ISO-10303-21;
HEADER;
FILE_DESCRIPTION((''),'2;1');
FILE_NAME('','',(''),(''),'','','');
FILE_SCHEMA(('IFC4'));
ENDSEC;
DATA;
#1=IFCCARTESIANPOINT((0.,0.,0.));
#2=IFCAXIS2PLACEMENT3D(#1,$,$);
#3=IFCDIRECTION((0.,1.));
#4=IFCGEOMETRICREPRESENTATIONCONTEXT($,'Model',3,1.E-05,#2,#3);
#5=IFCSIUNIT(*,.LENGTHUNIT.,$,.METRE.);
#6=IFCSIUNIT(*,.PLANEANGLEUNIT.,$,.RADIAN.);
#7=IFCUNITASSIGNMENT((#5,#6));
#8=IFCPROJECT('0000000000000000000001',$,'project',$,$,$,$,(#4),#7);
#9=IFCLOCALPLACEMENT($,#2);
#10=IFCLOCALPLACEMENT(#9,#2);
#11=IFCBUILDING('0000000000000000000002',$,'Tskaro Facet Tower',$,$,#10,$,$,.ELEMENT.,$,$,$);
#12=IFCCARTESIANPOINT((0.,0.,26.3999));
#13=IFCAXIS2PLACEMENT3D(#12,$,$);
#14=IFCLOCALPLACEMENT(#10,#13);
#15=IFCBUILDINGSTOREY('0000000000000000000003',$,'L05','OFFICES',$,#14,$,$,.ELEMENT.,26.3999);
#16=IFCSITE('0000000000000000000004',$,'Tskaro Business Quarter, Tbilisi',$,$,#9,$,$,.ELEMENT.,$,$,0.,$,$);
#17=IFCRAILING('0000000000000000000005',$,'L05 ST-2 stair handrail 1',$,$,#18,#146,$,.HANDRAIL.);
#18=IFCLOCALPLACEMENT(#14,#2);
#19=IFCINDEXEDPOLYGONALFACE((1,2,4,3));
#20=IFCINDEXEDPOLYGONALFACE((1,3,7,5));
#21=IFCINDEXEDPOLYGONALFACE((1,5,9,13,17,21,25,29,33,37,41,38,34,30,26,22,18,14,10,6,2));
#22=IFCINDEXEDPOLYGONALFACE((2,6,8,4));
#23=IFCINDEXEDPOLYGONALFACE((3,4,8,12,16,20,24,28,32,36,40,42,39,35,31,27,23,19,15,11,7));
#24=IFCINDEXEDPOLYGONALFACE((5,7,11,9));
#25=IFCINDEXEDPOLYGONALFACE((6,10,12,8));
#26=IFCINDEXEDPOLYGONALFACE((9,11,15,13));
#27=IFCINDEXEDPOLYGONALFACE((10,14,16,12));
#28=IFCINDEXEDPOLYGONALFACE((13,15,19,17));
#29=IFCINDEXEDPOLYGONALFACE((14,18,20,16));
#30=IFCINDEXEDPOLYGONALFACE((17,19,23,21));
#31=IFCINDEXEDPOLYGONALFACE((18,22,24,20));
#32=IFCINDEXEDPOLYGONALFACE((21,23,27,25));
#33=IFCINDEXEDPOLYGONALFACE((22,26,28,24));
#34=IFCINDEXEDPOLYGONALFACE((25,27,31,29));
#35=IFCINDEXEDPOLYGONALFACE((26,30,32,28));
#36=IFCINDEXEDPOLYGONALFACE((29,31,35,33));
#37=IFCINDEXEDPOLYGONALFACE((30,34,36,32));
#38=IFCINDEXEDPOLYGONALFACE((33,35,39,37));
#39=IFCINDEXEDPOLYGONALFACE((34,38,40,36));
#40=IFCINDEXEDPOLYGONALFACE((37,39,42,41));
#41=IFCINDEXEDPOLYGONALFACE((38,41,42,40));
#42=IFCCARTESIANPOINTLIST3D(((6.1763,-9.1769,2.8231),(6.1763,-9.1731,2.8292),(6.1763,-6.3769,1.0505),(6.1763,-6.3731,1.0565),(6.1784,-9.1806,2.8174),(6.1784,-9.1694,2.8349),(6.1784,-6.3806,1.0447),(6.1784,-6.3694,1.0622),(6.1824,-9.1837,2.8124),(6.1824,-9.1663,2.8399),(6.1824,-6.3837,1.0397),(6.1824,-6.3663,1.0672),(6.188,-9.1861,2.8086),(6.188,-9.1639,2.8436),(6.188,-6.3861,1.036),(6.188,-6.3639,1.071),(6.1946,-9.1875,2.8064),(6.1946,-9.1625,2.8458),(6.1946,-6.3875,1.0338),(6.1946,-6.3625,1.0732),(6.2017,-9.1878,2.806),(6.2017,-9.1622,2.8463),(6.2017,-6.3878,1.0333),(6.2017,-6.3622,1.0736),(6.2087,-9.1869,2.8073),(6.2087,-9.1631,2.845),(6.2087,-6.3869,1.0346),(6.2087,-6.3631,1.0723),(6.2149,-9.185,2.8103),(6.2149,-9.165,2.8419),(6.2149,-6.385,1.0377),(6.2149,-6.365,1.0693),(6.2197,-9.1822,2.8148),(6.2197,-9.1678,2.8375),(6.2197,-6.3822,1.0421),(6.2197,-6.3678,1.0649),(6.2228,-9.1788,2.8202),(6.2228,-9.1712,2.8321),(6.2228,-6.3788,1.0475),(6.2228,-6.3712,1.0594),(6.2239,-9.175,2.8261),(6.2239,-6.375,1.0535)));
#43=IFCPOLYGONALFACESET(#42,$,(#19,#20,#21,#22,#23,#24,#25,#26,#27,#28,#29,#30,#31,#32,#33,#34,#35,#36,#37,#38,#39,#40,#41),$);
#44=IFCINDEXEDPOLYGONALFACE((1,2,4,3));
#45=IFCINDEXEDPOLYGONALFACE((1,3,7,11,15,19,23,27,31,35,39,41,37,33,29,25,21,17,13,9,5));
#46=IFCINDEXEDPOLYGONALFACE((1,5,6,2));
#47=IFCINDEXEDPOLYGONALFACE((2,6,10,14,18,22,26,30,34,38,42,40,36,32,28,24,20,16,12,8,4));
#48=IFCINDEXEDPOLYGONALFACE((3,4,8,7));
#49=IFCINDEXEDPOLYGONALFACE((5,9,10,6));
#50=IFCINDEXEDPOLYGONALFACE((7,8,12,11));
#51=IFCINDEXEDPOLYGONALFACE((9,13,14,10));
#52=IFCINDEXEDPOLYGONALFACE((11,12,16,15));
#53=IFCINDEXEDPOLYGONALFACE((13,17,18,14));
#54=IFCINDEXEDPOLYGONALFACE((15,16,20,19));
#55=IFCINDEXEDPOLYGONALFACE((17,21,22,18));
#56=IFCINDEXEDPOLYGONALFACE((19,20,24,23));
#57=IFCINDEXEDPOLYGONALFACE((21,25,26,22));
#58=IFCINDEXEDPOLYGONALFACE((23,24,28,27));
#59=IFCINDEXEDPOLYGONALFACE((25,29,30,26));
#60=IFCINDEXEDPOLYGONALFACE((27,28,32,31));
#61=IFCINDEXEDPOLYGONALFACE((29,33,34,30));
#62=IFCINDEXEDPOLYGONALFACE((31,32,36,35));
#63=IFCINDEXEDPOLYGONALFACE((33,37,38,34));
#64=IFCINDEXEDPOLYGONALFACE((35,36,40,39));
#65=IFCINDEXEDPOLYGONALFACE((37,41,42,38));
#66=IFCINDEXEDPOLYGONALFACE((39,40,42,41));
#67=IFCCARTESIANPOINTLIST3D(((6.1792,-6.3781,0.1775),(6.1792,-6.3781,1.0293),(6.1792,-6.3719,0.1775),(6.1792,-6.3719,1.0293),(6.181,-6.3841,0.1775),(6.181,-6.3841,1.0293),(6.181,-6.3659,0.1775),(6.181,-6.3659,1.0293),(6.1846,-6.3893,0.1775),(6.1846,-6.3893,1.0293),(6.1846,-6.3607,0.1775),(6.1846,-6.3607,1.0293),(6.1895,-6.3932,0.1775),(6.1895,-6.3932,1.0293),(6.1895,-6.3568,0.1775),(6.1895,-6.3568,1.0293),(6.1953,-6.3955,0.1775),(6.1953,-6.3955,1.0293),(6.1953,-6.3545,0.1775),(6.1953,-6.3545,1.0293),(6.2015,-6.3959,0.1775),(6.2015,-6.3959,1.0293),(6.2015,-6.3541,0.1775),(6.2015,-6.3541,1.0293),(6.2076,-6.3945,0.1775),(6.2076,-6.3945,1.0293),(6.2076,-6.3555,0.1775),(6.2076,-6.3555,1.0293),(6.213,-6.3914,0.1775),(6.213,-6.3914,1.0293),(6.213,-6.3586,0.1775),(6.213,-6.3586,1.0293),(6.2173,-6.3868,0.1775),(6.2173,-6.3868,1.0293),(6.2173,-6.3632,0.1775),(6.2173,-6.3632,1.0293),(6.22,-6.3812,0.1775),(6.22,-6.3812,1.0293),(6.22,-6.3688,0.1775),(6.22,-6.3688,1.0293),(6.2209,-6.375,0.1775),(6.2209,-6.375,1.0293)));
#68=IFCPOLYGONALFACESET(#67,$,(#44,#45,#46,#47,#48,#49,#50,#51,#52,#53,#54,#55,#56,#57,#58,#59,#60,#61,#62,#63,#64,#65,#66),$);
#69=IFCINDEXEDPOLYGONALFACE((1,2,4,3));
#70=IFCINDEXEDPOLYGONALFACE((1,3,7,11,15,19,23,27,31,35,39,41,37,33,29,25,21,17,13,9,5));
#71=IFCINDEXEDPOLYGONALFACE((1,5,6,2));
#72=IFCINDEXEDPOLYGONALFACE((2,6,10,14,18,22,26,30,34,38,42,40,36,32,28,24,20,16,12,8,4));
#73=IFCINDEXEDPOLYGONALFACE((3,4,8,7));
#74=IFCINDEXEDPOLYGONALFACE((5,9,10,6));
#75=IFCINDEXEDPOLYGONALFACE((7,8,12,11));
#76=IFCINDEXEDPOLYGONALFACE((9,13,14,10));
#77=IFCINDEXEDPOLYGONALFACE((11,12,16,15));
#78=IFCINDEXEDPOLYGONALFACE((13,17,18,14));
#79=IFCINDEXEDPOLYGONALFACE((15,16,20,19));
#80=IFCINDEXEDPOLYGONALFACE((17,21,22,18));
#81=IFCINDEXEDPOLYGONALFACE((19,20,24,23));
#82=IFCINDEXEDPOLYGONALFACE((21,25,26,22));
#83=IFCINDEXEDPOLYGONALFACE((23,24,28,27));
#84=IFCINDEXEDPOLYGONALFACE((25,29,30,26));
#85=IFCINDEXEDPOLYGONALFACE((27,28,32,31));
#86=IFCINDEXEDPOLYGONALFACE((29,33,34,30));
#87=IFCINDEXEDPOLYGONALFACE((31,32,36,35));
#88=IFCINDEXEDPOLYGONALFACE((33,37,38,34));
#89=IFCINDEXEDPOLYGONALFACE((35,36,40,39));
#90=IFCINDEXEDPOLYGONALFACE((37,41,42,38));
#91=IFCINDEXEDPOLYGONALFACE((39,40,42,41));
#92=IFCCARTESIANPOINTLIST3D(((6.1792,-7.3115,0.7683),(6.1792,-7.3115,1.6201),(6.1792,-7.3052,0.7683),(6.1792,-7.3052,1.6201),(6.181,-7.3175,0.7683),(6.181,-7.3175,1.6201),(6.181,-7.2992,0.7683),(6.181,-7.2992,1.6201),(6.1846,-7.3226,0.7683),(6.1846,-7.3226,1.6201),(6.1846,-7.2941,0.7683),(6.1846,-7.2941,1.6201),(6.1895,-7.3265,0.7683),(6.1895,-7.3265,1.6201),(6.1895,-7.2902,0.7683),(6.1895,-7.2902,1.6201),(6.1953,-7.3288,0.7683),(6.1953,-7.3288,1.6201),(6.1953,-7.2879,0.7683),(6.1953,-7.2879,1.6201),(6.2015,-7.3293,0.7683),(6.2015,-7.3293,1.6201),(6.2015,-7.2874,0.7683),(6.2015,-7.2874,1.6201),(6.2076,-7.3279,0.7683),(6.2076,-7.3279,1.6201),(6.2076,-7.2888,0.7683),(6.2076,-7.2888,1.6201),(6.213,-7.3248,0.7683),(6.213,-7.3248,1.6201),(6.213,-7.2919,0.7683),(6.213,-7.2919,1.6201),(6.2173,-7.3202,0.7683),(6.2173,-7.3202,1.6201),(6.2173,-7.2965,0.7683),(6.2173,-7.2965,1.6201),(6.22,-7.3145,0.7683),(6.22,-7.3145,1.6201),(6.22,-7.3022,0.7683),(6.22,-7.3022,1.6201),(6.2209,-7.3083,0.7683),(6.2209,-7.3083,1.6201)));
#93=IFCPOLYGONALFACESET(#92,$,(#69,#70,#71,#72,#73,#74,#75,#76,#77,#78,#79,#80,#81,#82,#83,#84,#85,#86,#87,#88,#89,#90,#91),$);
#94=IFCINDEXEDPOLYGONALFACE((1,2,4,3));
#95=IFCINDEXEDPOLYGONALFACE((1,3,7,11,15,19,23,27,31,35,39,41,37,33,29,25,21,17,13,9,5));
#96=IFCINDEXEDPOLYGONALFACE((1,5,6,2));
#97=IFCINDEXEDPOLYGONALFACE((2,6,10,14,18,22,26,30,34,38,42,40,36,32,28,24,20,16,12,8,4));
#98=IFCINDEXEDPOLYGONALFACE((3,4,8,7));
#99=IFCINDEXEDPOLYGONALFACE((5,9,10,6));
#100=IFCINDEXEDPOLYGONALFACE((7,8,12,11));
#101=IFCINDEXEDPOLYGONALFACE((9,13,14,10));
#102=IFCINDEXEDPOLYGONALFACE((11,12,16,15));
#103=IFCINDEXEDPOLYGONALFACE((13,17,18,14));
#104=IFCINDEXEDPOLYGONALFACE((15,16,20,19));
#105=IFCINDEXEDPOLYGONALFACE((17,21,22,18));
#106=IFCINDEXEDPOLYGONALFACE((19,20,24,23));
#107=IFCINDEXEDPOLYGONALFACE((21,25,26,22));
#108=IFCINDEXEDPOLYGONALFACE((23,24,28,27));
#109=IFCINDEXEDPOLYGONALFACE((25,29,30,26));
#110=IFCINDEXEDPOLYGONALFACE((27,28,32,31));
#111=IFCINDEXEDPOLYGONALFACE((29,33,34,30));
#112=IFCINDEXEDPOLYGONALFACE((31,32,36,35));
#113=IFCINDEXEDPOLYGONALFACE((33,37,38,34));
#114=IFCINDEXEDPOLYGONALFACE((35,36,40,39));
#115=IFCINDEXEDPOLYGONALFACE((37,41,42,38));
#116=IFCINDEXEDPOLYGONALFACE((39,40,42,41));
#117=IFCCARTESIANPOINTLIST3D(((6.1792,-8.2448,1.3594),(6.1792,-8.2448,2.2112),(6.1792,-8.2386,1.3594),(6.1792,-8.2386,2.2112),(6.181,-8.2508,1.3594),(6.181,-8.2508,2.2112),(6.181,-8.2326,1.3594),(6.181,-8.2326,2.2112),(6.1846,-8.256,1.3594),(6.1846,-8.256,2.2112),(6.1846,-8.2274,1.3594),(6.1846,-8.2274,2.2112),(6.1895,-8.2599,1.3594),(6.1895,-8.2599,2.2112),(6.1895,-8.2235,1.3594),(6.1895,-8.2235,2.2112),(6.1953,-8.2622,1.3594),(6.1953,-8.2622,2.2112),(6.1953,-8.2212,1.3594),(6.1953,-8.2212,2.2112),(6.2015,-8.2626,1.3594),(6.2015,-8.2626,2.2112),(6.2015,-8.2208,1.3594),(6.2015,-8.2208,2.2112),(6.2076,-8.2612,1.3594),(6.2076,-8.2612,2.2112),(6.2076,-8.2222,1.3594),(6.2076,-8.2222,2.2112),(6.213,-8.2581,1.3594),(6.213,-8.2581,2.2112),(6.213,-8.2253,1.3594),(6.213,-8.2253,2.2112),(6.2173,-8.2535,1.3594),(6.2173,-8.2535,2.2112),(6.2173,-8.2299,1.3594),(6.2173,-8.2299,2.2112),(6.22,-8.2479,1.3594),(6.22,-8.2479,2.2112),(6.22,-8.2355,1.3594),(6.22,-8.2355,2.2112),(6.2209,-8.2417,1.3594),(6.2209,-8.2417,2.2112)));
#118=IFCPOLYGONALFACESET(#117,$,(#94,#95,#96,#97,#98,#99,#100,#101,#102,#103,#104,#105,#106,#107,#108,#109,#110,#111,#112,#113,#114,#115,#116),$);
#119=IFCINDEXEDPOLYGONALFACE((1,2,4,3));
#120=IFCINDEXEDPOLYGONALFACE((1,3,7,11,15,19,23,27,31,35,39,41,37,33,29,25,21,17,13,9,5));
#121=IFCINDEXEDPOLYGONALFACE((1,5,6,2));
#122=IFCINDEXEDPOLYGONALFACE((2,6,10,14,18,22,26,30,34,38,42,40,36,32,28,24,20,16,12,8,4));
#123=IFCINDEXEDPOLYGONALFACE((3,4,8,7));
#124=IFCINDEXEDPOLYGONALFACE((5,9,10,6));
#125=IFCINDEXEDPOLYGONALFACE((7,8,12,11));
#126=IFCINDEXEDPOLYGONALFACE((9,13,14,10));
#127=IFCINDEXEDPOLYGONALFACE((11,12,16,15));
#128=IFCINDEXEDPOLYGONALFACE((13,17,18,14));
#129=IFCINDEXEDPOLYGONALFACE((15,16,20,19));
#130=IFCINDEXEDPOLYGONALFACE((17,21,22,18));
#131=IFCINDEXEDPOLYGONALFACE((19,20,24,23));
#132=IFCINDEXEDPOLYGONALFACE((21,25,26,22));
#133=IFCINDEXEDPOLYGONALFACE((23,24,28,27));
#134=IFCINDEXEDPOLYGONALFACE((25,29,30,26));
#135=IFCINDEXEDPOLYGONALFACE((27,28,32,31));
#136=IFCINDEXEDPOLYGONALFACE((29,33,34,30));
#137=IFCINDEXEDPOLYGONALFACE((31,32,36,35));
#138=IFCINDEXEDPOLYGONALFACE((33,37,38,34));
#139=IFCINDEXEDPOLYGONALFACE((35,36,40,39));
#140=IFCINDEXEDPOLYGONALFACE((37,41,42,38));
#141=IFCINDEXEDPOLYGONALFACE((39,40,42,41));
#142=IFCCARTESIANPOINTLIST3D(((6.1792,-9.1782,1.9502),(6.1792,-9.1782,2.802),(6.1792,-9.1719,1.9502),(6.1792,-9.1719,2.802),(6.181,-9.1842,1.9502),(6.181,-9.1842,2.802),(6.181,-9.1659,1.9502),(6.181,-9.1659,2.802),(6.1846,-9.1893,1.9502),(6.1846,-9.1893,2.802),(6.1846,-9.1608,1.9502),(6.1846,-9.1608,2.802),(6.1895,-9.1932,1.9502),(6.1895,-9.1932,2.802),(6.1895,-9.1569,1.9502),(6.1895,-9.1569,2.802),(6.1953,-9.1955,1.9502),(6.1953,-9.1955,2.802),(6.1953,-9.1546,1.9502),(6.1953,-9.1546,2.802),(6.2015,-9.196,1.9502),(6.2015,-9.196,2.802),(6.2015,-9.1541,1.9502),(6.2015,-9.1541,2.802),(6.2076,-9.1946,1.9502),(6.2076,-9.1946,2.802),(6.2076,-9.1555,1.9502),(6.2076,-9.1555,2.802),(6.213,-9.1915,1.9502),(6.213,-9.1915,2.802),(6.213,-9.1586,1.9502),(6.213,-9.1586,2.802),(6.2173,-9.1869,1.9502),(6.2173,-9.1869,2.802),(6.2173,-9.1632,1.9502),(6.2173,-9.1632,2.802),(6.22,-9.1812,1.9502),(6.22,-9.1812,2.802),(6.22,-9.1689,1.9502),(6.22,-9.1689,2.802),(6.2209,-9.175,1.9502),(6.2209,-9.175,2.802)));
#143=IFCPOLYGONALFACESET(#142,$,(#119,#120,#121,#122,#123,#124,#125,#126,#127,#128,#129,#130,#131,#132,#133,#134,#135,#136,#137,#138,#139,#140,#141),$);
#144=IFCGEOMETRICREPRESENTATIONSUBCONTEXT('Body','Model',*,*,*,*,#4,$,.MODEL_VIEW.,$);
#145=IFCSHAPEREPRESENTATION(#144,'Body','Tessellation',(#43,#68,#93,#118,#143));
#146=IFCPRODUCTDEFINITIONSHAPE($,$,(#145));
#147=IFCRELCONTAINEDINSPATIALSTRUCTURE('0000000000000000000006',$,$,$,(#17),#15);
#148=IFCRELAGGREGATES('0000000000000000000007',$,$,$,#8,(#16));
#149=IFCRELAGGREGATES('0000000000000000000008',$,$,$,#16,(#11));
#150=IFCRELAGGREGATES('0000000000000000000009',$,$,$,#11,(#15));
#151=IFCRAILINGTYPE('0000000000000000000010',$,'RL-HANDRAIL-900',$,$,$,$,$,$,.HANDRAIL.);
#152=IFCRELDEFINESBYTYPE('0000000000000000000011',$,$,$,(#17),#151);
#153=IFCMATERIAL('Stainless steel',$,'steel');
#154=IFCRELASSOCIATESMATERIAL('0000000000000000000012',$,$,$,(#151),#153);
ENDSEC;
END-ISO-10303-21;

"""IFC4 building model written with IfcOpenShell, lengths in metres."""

from ifc_helpers import new_model, si_unit, direction, frame, origin, origin_2d, place, context, subcontext, project, spatial, circle, extrude, material, type_object, element, save


model = new_model("IFC4")

# Units and contexts
model_context = context("Model", 3, precision=1e-05, world=origin(), true_north=direction((0.0, 1.0)))
body_context = subcontext(model_context, "Body", "Model", "MODEL_VIEW")
ifc_project = project(units=[si_unit("LENGTHUNIT", "METRE"), si_unit("PLANEANGLEUNIT", "RADIAN")], contexts=[model_context])

# Site, building, storey
site_placement = place(None, origin())
site = spatial("IfcSite", under=ifc_project, at=site_placement, Name="Tskaro Business Quarter, Tbilisi", CompositionType="ELEMENT", RefElevation=0.0)
building_placement = place(site_placement, origin())
building = spatial("IfcBuilding", under=site, at=building_placement, Name="Tskaro Facet Tower", CompositionType="ELEMENT")
storey_placement = place(building_placement, frame((0.0, 0.0, 26.3999)))
storey = spatial("IfcBuildingStorey", under=building, at=storey_placement, Name="L05", Description="OFFICES", CompositionType="ELEMENT", Elevation=26.3999)

# Shared definitions
ifc_material_1 = material(Name="Stainless steel", Category="steel")

# Railing
railing_type = type_object("IfcRailingType", Name="RL-HANDRAIL-900", PredefinedType="HANDRAIL", material=ifc_material_1)
railing_placement = place(storey_placement, frame((6.2, -6.375, 0.1775)))
element("IfcRailing", 1, at=railing_placement, inside=storey, type_object=railing_type, Name="L05 ST-2 stair handrail 1", PredefinedType="HANDRAIL", context=body_context, shape_type="SweptSolid", body=[
    extrude(circle(Radius=0.0239, at=origin_2d()), frame((0.0, 0.0, 0.876), z_axis=(0.0, -0.844909, 0.53491), x_axis=(1.0, 0.0, 0.0)), (0.0, 0.0, 1.0), 3.314),
    extrude(circle(Radius=0.021, at=origin_2d()), origin(), (0.0, 0.0, 1.0), 0.8518),
    extrude(circle(Radius=0.021, at=origin_2d()), frame((0.0, -0.9333, 0.5908)), (0.0, 0.0, 1.0), 0.8518),
    extrude(circle(Radius=0.021, at=origin_2d()), frame((0.0, -1.8667, 1.1819)), (0.0, 0.0, 1.0), 0.8518),
    extrude(circle(Radius=0.021, at=origin_2d()), frame((0.0, -2.8, 1.7727)), (0.0, 0.0, 1.0), 0.8518),
])

save(model, "model.ifc")
